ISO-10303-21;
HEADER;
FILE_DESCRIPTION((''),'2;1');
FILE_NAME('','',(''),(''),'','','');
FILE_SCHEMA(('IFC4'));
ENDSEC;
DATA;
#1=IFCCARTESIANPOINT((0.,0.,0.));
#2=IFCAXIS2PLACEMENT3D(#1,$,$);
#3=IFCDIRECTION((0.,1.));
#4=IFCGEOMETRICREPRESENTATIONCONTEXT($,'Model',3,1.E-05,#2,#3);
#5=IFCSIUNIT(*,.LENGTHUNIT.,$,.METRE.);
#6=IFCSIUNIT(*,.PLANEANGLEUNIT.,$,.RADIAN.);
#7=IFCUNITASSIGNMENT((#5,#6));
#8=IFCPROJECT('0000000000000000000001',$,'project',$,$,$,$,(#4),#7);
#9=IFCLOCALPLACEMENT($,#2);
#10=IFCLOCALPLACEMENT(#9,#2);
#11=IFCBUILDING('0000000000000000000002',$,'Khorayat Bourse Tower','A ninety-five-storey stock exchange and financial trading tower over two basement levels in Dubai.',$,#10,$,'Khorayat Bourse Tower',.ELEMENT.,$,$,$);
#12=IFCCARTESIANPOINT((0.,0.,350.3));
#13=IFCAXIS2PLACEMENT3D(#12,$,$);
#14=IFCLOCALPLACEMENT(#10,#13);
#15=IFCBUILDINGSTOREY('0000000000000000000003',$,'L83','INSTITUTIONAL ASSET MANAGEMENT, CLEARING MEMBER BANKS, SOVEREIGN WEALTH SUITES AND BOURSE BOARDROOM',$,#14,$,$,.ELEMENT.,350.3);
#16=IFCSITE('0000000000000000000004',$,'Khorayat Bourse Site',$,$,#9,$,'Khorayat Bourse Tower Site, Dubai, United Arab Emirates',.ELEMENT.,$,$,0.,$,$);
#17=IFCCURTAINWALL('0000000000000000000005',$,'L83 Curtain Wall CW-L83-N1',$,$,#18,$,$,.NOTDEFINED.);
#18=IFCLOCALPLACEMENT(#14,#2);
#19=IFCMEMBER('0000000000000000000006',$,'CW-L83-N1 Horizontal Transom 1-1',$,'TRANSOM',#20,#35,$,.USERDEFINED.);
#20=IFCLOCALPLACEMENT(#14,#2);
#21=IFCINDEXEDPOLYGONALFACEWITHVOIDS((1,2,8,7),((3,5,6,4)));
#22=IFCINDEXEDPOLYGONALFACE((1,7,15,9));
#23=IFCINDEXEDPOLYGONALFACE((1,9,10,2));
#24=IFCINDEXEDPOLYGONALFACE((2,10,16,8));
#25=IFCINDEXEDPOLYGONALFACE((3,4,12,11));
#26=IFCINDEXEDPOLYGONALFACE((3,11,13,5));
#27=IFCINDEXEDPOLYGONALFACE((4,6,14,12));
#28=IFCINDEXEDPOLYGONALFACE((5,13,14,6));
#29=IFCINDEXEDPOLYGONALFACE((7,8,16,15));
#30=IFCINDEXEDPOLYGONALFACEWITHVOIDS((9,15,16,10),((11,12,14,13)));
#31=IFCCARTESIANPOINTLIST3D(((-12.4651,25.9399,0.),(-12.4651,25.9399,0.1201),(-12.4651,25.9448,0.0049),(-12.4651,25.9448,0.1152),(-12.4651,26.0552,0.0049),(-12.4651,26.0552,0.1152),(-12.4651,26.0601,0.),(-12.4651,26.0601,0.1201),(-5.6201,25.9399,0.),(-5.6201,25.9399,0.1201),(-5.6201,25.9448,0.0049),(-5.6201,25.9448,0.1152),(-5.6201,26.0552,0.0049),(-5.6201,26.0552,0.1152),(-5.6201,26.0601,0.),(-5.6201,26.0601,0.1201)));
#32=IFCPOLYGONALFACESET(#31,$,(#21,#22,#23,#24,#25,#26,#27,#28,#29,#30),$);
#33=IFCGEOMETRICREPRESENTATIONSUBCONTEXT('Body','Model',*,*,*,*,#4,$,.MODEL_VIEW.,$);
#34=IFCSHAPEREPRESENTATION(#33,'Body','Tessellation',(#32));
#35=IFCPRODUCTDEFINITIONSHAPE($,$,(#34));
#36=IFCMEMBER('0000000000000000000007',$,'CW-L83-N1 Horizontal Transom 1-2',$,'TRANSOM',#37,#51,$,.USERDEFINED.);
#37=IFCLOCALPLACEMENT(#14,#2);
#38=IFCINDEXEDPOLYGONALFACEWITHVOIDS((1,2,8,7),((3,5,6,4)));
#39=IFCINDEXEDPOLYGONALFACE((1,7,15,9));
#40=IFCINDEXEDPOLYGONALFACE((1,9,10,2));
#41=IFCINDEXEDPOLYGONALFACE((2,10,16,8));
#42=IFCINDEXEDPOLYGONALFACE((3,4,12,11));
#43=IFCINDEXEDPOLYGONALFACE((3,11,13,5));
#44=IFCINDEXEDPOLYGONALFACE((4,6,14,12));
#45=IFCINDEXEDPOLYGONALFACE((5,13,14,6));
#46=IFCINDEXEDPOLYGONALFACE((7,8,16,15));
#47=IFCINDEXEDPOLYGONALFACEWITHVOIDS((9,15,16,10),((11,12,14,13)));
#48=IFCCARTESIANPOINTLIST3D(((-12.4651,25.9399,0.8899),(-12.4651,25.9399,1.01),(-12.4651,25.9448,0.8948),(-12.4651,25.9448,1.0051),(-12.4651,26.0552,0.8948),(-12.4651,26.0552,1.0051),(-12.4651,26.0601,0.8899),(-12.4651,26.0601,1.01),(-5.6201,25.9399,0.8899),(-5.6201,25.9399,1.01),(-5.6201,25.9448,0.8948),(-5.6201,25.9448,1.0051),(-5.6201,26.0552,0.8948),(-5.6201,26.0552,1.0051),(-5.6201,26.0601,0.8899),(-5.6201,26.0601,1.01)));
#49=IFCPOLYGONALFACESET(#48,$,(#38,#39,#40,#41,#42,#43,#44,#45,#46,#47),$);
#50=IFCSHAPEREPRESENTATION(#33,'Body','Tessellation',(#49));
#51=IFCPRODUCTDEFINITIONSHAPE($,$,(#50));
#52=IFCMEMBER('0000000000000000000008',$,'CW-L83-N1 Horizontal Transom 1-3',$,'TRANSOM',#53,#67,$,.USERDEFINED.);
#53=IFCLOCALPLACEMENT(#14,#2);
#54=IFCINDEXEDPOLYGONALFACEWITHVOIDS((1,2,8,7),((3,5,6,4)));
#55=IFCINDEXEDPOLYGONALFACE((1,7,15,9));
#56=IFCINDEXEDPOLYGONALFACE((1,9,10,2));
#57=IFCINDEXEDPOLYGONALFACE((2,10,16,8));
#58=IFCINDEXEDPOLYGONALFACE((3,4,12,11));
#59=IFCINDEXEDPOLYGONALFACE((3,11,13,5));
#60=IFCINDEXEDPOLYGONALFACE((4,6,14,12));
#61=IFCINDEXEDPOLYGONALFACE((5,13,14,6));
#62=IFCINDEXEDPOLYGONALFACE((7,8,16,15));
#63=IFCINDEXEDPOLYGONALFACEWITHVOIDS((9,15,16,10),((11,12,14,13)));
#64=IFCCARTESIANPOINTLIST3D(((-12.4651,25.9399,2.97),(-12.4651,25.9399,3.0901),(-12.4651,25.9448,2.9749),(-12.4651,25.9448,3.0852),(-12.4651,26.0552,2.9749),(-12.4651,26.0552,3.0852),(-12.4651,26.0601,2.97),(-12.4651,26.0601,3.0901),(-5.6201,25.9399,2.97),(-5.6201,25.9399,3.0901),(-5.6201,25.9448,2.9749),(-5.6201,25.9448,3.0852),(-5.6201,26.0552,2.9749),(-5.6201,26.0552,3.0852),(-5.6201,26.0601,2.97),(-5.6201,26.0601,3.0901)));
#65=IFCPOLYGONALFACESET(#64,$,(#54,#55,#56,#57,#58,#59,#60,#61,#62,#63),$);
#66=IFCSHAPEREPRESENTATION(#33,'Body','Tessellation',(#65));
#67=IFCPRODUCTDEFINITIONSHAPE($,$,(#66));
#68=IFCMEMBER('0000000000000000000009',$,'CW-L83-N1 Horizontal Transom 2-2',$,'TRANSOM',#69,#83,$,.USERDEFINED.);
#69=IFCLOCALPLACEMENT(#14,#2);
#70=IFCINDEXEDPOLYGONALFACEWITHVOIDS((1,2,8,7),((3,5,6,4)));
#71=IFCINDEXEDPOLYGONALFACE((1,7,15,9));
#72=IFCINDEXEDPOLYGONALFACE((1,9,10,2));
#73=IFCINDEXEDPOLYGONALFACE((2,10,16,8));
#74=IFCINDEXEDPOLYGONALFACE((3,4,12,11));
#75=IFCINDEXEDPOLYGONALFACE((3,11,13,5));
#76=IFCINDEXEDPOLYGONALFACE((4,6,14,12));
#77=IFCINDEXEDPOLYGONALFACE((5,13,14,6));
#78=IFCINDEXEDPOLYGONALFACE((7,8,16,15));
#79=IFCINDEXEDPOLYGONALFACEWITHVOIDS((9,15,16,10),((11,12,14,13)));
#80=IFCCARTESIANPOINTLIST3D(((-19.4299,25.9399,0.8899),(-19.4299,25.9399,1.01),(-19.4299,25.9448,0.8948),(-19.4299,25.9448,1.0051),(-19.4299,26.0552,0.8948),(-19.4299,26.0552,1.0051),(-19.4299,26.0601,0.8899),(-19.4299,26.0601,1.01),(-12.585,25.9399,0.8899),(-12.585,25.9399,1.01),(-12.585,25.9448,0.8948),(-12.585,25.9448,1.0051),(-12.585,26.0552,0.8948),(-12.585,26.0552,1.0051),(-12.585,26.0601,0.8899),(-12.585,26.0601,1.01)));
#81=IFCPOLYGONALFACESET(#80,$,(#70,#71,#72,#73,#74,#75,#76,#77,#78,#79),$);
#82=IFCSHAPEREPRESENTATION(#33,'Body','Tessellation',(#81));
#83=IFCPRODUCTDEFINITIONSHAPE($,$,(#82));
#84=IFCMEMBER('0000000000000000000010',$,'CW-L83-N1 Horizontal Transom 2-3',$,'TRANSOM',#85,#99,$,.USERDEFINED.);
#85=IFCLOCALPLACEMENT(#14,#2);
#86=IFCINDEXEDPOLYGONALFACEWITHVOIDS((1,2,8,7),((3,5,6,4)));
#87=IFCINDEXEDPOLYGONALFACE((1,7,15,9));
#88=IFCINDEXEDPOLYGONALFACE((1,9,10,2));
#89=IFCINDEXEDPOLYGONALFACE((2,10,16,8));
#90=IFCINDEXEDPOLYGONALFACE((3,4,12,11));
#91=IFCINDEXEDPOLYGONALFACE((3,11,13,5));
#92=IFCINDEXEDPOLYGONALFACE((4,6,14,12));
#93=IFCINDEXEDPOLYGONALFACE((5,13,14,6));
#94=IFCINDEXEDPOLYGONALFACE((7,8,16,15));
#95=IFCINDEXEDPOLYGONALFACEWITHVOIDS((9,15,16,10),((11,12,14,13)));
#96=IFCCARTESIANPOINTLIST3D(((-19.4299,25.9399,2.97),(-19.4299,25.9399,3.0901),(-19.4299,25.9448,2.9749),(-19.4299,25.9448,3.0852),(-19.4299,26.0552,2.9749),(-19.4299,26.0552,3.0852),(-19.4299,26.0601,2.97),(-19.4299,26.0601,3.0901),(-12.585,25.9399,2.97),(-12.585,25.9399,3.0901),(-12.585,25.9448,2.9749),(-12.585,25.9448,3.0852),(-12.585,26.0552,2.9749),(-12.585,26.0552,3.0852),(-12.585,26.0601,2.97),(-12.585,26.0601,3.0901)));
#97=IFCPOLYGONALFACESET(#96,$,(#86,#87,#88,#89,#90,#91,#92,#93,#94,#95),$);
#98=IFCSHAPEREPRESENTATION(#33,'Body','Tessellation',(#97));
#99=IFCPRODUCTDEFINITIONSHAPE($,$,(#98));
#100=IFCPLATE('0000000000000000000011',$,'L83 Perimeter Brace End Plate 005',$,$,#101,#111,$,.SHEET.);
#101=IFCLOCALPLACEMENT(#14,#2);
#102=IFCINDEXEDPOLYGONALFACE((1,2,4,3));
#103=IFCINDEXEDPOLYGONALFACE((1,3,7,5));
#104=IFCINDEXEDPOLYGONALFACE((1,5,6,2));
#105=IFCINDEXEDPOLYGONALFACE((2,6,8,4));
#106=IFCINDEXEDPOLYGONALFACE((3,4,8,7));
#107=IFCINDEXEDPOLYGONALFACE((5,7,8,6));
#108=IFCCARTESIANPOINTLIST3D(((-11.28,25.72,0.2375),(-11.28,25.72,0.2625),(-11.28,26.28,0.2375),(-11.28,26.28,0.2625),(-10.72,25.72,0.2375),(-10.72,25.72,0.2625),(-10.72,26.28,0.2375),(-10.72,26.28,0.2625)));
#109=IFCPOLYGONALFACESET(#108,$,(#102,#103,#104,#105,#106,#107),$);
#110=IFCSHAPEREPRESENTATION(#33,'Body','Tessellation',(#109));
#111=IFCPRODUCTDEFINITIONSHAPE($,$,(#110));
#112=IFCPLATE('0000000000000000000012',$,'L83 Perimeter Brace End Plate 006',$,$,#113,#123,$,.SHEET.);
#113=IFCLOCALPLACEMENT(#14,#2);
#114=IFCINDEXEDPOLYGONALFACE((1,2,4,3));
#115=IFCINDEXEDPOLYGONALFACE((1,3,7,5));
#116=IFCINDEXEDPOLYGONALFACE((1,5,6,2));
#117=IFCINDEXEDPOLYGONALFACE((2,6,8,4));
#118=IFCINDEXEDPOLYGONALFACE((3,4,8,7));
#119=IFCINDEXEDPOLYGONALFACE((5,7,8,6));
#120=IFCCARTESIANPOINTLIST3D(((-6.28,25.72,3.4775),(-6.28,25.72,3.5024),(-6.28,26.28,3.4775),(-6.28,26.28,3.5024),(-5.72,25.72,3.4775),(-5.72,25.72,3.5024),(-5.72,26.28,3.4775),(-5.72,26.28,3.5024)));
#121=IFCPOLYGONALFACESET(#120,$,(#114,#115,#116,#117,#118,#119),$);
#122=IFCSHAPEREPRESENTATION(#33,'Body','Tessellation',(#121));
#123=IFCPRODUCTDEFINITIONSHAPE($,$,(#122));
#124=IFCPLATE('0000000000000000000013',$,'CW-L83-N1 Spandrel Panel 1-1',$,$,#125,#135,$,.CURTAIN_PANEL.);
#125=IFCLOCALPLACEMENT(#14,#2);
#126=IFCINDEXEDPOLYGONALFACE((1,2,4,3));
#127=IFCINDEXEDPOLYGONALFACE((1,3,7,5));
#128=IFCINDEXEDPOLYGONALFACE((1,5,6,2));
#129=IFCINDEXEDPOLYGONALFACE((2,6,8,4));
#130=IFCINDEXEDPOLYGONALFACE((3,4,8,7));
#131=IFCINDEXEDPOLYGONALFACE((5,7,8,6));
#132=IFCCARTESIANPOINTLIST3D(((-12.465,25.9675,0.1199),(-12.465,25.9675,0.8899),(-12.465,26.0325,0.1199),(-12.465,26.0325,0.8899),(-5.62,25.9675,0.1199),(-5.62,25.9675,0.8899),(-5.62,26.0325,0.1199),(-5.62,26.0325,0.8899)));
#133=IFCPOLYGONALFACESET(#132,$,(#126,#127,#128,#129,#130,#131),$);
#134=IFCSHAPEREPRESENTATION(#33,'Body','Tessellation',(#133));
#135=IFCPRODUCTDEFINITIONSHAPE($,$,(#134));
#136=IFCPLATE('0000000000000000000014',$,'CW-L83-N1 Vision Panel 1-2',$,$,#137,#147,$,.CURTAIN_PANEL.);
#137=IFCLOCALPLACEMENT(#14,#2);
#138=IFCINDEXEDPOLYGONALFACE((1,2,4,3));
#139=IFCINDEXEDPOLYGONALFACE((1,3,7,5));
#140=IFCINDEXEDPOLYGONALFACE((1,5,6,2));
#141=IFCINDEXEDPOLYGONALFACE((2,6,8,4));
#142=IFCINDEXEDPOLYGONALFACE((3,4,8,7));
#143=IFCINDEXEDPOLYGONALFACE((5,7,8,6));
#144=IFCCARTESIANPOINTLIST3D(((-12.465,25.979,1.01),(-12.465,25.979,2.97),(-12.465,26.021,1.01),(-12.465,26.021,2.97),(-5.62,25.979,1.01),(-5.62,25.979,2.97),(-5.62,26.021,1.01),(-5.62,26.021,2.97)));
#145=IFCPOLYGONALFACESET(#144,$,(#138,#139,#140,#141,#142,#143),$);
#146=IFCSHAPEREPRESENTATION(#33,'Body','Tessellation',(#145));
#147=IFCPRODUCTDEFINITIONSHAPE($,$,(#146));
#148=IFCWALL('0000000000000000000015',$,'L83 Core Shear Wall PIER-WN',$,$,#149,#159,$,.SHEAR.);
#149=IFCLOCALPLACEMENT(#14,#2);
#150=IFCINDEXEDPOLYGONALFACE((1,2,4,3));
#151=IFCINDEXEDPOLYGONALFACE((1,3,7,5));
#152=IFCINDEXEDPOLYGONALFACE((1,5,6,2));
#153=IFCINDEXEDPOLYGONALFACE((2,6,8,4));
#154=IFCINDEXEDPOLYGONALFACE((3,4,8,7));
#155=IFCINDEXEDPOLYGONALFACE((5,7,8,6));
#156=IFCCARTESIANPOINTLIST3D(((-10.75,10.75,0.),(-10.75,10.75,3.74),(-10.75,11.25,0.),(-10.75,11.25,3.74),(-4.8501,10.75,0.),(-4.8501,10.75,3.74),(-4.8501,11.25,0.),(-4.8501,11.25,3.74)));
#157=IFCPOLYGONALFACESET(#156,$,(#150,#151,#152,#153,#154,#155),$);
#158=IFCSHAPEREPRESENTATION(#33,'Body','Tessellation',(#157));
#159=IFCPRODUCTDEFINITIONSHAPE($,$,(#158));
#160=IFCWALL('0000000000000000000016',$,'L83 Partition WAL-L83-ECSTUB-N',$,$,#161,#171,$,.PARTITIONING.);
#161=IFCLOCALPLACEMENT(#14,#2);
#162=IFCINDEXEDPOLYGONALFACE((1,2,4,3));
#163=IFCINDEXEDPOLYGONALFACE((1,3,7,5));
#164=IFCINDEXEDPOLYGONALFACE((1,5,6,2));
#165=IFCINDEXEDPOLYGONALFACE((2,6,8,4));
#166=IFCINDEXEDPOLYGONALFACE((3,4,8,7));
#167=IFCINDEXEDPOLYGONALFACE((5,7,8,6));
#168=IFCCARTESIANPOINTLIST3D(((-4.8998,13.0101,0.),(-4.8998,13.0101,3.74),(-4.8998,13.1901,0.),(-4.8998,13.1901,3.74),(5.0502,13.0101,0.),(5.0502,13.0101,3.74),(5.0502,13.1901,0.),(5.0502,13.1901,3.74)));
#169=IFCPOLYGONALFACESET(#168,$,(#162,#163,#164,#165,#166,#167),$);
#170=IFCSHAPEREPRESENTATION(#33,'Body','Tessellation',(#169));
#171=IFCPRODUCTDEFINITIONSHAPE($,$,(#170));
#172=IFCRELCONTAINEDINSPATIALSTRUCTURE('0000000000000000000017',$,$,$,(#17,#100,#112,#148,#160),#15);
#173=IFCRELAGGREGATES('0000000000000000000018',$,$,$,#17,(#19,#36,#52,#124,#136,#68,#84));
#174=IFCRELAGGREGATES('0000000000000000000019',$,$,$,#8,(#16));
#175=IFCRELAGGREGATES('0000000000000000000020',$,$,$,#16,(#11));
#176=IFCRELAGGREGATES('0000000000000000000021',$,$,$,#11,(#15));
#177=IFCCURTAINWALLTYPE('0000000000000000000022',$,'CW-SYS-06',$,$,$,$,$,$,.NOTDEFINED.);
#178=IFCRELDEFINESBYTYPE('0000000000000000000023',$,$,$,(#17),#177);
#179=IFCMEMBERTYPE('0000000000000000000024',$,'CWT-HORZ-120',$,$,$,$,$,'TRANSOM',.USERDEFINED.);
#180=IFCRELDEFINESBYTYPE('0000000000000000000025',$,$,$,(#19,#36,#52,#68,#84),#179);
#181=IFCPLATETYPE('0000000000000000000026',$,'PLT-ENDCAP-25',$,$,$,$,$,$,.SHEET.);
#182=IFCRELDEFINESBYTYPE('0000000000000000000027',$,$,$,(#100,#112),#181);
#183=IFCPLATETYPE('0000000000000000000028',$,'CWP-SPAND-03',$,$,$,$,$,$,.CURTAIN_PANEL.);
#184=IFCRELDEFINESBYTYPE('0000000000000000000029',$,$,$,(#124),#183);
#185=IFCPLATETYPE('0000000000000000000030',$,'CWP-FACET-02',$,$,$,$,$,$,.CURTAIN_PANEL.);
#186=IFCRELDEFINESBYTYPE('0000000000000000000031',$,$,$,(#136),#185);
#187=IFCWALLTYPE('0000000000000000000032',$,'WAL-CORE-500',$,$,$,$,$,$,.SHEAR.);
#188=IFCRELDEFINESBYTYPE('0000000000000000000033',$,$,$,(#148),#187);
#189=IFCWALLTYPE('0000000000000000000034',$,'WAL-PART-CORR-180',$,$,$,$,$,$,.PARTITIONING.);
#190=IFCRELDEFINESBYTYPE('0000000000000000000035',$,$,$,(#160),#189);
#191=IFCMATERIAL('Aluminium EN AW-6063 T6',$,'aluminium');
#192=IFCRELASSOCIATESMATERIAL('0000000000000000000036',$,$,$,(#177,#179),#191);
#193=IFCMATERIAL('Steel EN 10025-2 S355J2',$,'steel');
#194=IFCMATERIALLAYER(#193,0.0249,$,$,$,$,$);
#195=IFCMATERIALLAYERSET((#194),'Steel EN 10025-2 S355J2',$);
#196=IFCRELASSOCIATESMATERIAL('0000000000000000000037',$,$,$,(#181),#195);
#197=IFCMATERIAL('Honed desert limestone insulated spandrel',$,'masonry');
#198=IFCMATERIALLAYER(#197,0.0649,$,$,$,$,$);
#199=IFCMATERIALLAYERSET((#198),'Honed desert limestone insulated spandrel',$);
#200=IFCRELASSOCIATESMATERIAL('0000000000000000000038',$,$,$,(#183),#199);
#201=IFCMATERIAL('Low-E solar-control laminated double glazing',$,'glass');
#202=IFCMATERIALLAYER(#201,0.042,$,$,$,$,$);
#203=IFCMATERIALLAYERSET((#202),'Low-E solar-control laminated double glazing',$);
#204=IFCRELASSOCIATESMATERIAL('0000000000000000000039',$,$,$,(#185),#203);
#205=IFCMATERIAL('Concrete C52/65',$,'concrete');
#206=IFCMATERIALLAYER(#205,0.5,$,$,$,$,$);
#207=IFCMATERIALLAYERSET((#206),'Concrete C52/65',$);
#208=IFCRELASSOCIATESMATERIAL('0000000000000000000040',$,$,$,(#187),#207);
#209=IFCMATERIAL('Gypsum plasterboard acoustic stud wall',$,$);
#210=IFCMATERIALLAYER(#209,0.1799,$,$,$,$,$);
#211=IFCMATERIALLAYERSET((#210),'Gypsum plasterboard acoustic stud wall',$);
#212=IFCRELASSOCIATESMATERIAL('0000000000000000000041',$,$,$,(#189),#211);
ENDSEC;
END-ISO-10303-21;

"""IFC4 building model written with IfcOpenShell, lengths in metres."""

from ifc_helpers import new_model, si_unit, direction, frame, frame_2d, origin, origin_2d, place, context, subcontext, project, spatial, rectangle, hollow_rectangle, extrude, source, transform, mapped, material, layer, layer_set, material_profile, profile_set, type_object, element, aggregate, save


model = new_model("IFC4")

# Units and contexts
model_context = context("Model", 3, precision=1e-05, world=origin(), true_north=direction((0.0, 1.0)))
body_context = subcontext(model_context, "Body", "Model", "MODEL_VIEW")
ifc_project = project(units=[si_unit("LENGTHUNIT", "METRE"), si_unit("PLANEANGLEUNIT", "RADIAN")], contexts=[model_context])

# Site, building, storey
site_placement = place(None, origin())
site = spatial("IfcSite", under=ifc_project, at=site_placement, Name="Khorayat Bourse Site", LongName="Khorayat Bourse Tower Site, Dubai, United Arab Emirates", CompositionType="ELEMENT", RefElevation=0.0)
building_placement = place(site_placement, origin())
building = spatial("IfcBuilding", under=site, at=building_placement, Name="Khorayat Bourse Tower", Description="A ninety-five-storey stock exchange and financial trading tower over two basement levels in Dubai.", LongName="Khorayat Bourse Tower", CompositionType="ELEMENT")
storey_placement = place(building_placement, frame((0.0, 0.0, 350.3)))
storey = spatial("IfcBuildingStorey", under=building, at=storey_placement, Name="L83", Description="INSTITUTIONAL ASSET MANAGEMENT, CLEARING MEMBER BANKS, SOVEREIGN WEALTH SUITES AND BOURSE BOARDROOM", CompositionType="ELEMENT", Elevation=350.3)

# Shared definitions
ifc_material_1 = material(Name="Concrete C52/65", Category="concrete")
ifc_material_2 = material(Name="Steel EN 10025-2 S355J2", Category="steel")

# Curtain wall, members
ifc_material_3 = material(Name="Aluminium EN AW-6063 T6", Category="aluminium")
curtain_wall_type = type_object("IfcCurtainWallType", Name="CW-SYS-06", PredefinedType="NOTDEFINED", material=ifc_material_3)
curtain_wall_placement = place(storey_placement, origin())
curtain_wall = element("IfcCurtainWall", 1, at=curtain_wall_placement, inside=storey, type_object=curtain_wall_type, Name="L83 Curtain Wall CW-L83-N1", PredefinedType="NOTDEFINED")
ifc_material_profile_1 = material_profile(ifc_material_3, hollow_rectangle(XDim=0.1201, YDim=0.1201, WallThickness=0.0049, at=origin_2d()), Name="ALU 120x120x5")
ifc_profile_set_1 = profile_set([ifc_material_profile_1], Name="Aluminium EN AW-6063 T6")
member_type_1 = type_object("IfcMemberType", Name="CWT-HORZ-120", ElementType="TRANSOM", PredefinedType="USERDEFINED", material=ifc_profile_set_1)
shared_shape_1 = source(origin(), body_context, "Body", "SweptSolid", [
    extrude(hollow_rectangle(XDim=0.1201, YDim=0.1201, WallThickness=0.0049, at=origin_2d()), origin(), (0.0, 0.0, 1.0), 6.845),
])
member_1_placement = place(storey_placement, frame((-5.6201, 26.0, 0.0601), z_axis=(-1.0, 0.0, 0.0), x_axis=(0.0, -1.0, 0.0)))
member_1 = element("IfcMember", 2, at=member_1_placement, type_object=member_type_1, Name="CW-L83-N1 Horizontal Transom 1-1", ObjectType="TRANSOM", PredefinedType="USERDEFINED", context=body_context, shape_type="MappedRepresentation", body=[
    mapped(shared_shape_1, transform((0.0, 0.0, 0.0), scale=1.0)),
])
member_2_placement = place(storey_placement, frame((-5.6201, 26.0, 0.95), z_axis=(-1.0, 0.0, 0.0), x_axis=(0.0, -1.0, 0.0)))
member_2 = element("IfcMember", 3, at=member_2_placement, type_object=member_type_1, Name="CW-L83-N1 Horizontal Transom 1-2", ObjectType="TRANSOM", PredefinedType="USERDEFINED", context=body_context, shape_type="MappedRepresentation", body=[
    mapped(shared_shape_1, transform((0.0, 0.0, 0.0), scale=1.0)),
])
member_3_placement = place(storey_placement, frame((-5.6201, 26.0, 3.03), z_axis=(-1.0, 0.0, 0.0), x_axis=(0.0, -1.0, 0.0)))
member_3 = element("IfcMember", 4, at=member_3_placement, type_object=member_type_1, Name="CW-L83-N1 Horizontal Transom 1-3", ObjectType="TRANSOM", PredefinedType="USERDEFINED", context=body_context, shape_type="MappedRepresentation", body=[
    mapped(shared_shape_1, transform((0.0, 0.0, 0.0), scale=1.0)),
])
member_4_placement = place(storey_placement, frame((-12.585, 26.0, 0.95), z_axis=(-1.0, 0.0, 0.0), x_axis=(0.0, -1.0, 0.0)))
member_4 = element("IfcMember", 5, at=member_4_placement, type_object=member_type_1, Name="CW-L83-N1 Horizontal Transom 2-2", ObjectType="TRANSOM", PredefinedType="USERDEFINED", context=body_context, shape_type="MappedRepresentation", body=[
    mapped(shared_shape_1, transform((0.0, 0.0, 0.0), scale=1.0)),
])
member_5_placement = place(storey_placement, frame((-12.585, 26.0, 3.03), z_axis=(-1.0, 0.0, 0.0), x_axis=(0.0, -1.0, 0.0)))
member_5 = element("IfcMember", 6, at=member_5_placement, type_object=member_type_1, Name="CW-L83-N1 Horizontal Transom 2-3", ObjectType="TRANSOM", PredefinedType="USERDEFINED", context=body_context, shape_type="MappedRepresentation", body=[
    mapped(shared_shape_1, transform((0.0, 0.0, 0.0), scale=1.0)),
])

# Plates
ifc_layer_1 = layer(ifc_material_2, 0.0249)
ifc_layer_set_1 = layer_set([ifc_layer_1], Name="Steel EN 10025-2 S355J2")
plate_type_1 = type_object("IfcPlateType", Name="PLT-ENDCAP-25", PredefinedType="SHEET", material=ifc_layer_set_1)
shared_shape_2 = source(origin(), body_context, "Body", "SweptSolid", [
    extrude(rectangle(XDim=0.5601, YDim=0.5601, at=origin_2d()), origin(), (0.0, 0.0, 1.0), 0.0249),
])
for number, where, z_axis, x_axis, name in (
    (7, (-11.0, 26.0, 0.2375), (0.0, 0.0, 1.0), (1.0, 0.0, 0.0), "L83 Perimeter Brace End Plate 005"),
    (8, (-6.0, 26.0, 3.4775), (0.0, 0.0, 1.0), (1.0, 0.0, 0.0), "L83 Perimeter Brace End Plate 006"),
):
    element("IfcPlate", number, at=place(storey_placement, frame(where, z_axis=z_axis, x_axis=x_axis)), inside=storey, type_object=plate_type_1, Name=name, PredefinedType="SHEET", context=body_context, shape_type="MappedRepresentation", body=[
        mapped(shared_shape_2, transform((0.0, 0.0, 0.0), scale=1.0)),
    ])

# Plates
ifc_material_4 = material(Name="Honed desert limestone insulated spandrel", Category="masonry")
ifc_layer_2 = layer(ifc_material_4, 0.0649)
ifc_layer_set_2 = layer_set([ifc_layer_2], Name="Honed desert limestone insulated spandrel")
plate_type_2 = type_object("IfcPlateType", Name="CWP-SPAND-03", PredefinedType="CURTAIN_PANEL", material=ifc_layer_set_2)
shared_shape_3 = source(origin(), body_context, "Body", "SweptSolid", [
    extrude(rectangle(XDim=6.845, YDim=0.0649, at=origin_2d()), origin(), (0.0, 0.0, 1.0), 0.77),
])
plate_1_placement = place(storey_placement, frame((-9.0425, 26.0, 0.1199), z_axis=(0.0, 0.0, 1.0), x_axis=(-1.0, 0.0, 0.0)))
plate_1 = element("IfcPlate", 9, at=plate_1_placement, type_object=plate_type_2, Name="CW-L83-N1 Spandrel Panel 1-1", PredefinedType="CURTAIN_PANEL", context=body_context, shape_type="MappedRepresentation", body=[
    mapped(shared_shape_3, transform((0.0, 0.0, 0.0), scale=1.0)),
])
ifc_material_5 = material(Name="Low-E solar-control laminated double glazing", Category="glass")
ifc_layer_3 = layer(ifc_material_5, 0.042)
ifc_layer_set_3 = layer_set([ifc_layer_3], Name="Low-E solar-control laminated double glazing")
plate_type_3 = type_object("IfcPlateType", Name="CWP-FACET-02", PredefinedType="CURTAIN_PANEL", material=ifc_layer_set_3)
shared_shape_4 = source(origin(), body_context, "Body", "SweptSolid", [
    extrude(rectangle(XDim=6.845, YDim=0.042, at=origin_2d()), origin(), (0.0, 0.0, 1.0), 1.96),
])
plate_2_placement = place(storey_placement, frame((-9.0425, 26.0, 1.01), z_axis=(0.0, 0.0, 1.0), x_axis=(-1.0, 0.0, 0.0)))
plate_2 = element("IfcPlate", 10, at=plate_2_placement, type_object=plate_type_3, Name="CW-L83-N1 Vision Panel 1-2", PredefinedType="CURTAIN_PANEL", context=body_context, shape_type="MappedRepresentation", body=[
    mapped(shared_shape_4, transform((0.0, 0.0, 0.0), scale=1.0)),
])
aggregate(curtain_wall, [member_1, member_2, member_3, plate_1, plate_2, member_4, member_5])

# Walls
ifc_layer_4 = layer(ifc_material_1, 0.5)
ifc_layer_set_4 = layer_set([ifc_layer_4], Name="Concrete C52/65")
wall_type_1 = type_object("IfcWallType", Name="WAL-CORE-500", PredefinedType="SHEAR", material=ifc_layer_set_4)
shared_shape_5 = source(origin(), body_context, "Body", "SweptSolid", [
    extrude(rectangle(XDim=5.8999, YDim=0.5, at=frame_2d((2.95, 0.0))), origin(), (0.0, 0.0, 1.0), 3.74),
])
wall_1_placement = place(storey_placement, frame((-10.75, 11.0, 0.0), z_axis=(0.0, 0.0, 1.0), x_axis=(1.0, 0.0, 0.0)))
element("IfcWall", 11, at=wall_1_placement, inside=storey, type_object=wall_type_1, Name="L83 Core Shear Wall PIER-WN", PredefinedType="SHEAR", context=body_context, shape_type="MappedRepresentation", body=[
    mapped(shared_shape_5, transform((0.0, 0.0, 0.0), scale=1.0)),
])
ifc_material_6 = material(Name="Gypsum plasterboard acoustic stud wall")
ifc_layer_5 = layer(ifc_material_6, 0.1799)
ifc_layer_set_5 = layer_set([ifc_layer_5], Name="Gypsum plasterboard acoustic stud wall")
wall_type_2 = type_object("IfcWallType", Name="WAL-PART-CORR-180", PredefinedType="PARTITIONING", material=ifc_layer_set_5)
shared_shape_6 = source(origin(), body_context, "Body", "SweptSolid", [
    extrude(rectangle(XDim=9.95, YDim=0.1799, at=frame_2d((4.9751, 0.0))), origin(), (0.0, 0.0, 1.0), 3.74),
])
wall_2_placement = place(storey_placement, frame((-4.8999, 13.1001, 0.0), z_axis=(0.0, 0.0, 1.0), x_axis=(1.0, 0.0, 0.0)))
element("IfcWall", 12, at=wall_2_placement, inside=storey, type_object=wall_type_2, Name="L83 Partition WAL-L83-ECSTUB-N", PredefinedType="PARTITIONING", context=body_context, shape_type="MappedRepresentation", body=[
    mapped(shared_shape_6, transform((0.0, 0.0, 0.0), scale=1.0)),
])

save(model, "model.ifc")
